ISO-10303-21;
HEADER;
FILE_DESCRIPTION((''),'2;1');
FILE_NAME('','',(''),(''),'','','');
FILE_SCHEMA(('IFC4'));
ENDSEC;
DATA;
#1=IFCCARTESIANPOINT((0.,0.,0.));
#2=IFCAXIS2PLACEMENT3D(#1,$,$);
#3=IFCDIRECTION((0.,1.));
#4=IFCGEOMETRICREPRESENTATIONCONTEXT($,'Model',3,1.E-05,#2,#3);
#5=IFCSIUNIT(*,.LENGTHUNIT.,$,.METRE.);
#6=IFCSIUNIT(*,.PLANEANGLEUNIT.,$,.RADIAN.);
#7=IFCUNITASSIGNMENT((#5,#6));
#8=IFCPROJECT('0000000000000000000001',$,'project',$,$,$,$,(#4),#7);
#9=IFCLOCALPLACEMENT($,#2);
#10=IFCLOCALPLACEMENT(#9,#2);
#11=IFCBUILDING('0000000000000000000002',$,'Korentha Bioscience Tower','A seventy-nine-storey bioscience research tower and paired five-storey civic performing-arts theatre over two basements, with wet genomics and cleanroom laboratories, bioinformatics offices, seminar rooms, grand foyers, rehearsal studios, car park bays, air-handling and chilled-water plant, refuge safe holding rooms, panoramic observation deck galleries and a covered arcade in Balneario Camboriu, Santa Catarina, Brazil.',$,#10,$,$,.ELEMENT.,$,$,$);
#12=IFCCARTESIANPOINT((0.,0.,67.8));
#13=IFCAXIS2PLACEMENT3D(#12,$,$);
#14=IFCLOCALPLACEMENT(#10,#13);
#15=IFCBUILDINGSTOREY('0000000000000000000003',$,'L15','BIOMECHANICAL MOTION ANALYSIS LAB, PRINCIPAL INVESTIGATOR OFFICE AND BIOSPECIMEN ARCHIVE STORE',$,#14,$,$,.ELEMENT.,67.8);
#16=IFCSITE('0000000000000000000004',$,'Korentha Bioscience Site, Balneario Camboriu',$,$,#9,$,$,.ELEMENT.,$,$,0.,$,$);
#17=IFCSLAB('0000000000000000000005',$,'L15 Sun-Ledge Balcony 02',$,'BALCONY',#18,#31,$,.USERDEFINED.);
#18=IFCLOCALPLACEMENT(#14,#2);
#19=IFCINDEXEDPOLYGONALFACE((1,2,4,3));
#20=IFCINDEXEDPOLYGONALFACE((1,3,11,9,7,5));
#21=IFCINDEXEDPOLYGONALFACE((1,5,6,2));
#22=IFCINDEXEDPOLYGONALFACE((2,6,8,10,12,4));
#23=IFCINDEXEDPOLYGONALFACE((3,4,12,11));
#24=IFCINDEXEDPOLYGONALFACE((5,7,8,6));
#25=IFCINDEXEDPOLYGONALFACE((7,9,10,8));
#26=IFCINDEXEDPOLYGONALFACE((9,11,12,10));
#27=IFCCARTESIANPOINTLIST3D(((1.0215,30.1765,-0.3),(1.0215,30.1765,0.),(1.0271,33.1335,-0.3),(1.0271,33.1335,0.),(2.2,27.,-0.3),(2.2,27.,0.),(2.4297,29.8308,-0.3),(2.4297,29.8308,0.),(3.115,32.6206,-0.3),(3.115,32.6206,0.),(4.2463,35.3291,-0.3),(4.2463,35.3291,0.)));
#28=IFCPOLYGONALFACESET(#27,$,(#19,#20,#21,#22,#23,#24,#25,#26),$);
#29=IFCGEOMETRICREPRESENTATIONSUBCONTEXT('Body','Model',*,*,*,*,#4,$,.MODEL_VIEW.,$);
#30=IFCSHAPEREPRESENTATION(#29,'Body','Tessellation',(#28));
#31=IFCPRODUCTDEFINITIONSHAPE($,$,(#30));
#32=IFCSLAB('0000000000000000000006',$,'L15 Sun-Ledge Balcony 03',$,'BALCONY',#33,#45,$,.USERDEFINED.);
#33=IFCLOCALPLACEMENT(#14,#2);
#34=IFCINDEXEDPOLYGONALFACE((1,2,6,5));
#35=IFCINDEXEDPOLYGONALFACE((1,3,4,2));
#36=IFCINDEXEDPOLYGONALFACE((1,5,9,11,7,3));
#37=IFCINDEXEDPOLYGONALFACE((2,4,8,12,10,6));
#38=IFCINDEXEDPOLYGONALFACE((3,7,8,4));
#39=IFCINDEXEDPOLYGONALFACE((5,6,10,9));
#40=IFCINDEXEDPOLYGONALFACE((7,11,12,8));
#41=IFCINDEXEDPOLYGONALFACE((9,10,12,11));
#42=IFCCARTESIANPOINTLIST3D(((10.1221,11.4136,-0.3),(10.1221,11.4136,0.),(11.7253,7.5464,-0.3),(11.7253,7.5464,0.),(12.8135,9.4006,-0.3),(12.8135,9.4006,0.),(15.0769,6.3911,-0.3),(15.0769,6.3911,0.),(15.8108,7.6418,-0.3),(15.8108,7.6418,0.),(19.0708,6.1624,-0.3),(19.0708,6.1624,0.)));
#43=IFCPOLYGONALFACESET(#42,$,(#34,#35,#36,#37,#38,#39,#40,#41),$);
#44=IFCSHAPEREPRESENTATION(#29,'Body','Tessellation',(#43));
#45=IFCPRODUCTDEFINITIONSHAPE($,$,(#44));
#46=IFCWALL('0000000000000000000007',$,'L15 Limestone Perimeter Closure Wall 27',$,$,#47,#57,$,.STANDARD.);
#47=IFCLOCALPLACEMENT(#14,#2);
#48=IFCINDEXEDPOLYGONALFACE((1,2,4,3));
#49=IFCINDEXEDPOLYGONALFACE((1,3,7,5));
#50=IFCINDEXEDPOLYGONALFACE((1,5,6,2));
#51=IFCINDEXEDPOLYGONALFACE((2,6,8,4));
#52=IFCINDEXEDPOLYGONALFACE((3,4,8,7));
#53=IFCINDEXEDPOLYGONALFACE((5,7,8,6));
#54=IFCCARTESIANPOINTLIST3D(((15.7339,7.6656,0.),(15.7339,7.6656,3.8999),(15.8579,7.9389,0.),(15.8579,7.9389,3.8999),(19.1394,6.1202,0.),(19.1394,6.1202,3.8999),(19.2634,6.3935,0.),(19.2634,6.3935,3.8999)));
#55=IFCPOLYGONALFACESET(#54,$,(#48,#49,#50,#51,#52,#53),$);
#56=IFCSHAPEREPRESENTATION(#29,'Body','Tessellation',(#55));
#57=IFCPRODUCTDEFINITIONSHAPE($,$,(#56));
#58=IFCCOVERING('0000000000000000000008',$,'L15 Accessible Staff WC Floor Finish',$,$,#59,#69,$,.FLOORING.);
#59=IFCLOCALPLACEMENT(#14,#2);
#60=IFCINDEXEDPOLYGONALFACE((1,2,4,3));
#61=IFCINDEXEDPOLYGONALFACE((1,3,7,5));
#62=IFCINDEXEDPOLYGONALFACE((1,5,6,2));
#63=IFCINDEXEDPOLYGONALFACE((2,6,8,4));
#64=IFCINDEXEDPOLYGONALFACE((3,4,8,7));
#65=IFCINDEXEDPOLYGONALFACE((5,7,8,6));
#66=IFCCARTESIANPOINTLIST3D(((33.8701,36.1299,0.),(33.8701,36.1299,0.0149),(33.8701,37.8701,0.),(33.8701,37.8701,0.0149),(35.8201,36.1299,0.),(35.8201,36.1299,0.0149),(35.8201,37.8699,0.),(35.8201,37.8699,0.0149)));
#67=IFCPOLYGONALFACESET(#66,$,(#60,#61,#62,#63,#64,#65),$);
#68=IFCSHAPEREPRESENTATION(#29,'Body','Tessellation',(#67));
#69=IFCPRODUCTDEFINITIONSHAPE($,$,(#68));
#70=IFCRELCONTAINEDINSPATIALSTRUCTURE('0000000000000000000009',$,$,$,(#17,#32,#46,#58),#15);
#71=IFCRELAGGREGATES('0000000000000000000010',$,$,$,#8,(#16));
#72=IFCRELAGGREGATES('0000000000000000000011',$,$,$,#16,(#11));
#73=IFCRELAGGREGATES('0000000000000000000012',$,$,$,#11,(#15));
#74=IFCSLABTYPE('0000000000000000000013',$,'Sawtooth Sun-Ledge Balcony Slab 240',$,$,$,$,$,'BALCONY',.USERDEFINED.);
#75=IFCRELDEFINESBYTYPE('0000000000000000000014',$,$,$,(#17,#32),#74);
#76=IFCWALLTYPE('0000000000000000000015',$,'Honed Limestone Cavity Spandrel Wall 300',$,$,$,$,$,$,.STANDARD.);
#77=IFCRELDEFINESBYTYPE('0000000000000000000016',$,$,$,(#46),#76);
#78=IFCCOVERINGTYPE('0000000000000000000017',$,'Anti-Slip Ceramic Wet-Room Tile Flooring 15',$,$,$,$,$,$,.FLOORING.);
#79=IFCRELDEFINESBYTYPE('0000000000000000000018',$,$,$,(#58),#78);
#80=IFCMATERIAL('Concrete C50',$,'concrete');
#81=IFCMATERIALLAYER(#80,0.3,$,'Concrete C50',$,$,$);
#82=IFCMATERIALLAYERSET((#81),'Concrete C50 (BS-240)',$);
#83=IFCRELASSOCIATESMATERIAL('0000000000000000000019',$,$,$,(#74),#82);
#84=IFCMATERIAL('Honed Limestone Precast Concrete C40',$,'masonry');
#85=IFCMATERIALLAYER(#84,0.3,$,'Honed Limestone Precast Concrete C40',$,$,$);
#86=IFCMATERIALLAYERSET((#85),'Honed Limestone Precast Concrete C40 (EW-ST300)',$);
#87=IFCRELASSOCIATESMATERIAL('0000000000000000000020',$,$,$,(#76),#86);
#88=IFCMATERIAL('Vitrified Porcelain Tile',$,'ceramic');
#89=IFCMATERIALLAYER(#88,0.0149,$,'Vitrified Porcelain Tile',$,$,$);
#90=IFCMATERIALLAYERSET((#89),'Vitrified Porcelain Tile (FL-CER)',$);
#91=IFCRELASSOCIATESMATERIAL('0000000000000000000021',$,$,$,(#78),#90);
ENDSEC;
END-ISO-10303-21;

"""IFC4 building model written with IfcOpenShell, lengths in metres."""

from ifc_helpers import new_model, si_unit, direction, frame, frame_2d, origin, place, context, subcontext, project, spatial, polyline, rectangle, outline, extrude, material, layer, layer_set, type_object, element, save


model = new_model("IFC4")

# Units and contexts
model_context = context("Model", 3, precision=1e-05, world=origin(), true_north=direction((0.0, 1.0)))
body_context = subcontext(model_context, "Body", "Model", "MODEL_VIEW")
ifc_project = project(units=[si_unit("LENGTHUNIT", "METRE"), si_unit("PLANEANGLEUNIT", "RADIAN")], contexts=[model_context])

# Site, building, storey
site_placement = place(None, origin())
site = spatial("IfcSite", under=ifc_project, at=site_placement, Name="Korentha Bioscience Site, Balneario Camboriu", CompositionType="ELEMENT", RefElevation=0.0)
building_placement = place(site_placement, origin())
building = spatial("IfcBuilding", under=site, at=building_placement, Name="Korentha Bioscience Tower", Description="A seventy-nine-storey bioscience research tower and paired five-storey civic performing-arts theatre over two basements, with wet genomics and cleanroom laboratories, bioinformatics offices, seminar rooms, grand foyers, rehearsal studios, car park bays, air-handling and chilled-water plant, refuge safe holding rooms, panoramic observation deck galleries and a covered arcade in Balneario Camboriu, Santa Catarina, Brazil.", CompositionType="ELEMENT")
storey_placement = place(building_placement, frame((0.0, 0.0, 67.8)))
storey = spatial("IfcBuildingStorey", under=building, at=storey_placement, Name="L15", Description="BIOMECHANICAL MOTION ANALYSIS LAB, PRINCIPAL INVESTIGATOR OFFICE AND BIOSPECIMEN ARCHIVE STORE", CompositionType="ELEMENT", Elevation=67.8)

# Shared definitions
ifc_material_1 = material(Name="Concrete C50", Category="concrete")

# Slabs
ifc_layer_1 = layer(ifc_material_1, 0.3, Name="Concrete C50")
ifc_layer_set_1 = layer_set([ifc_layer_1], Name="Concrete C50 (BS-240)")
slab_type_1 = type_object("IfcSlabType", Name="Sawtooth Sun-Ledge Balcony Slab 240", ElementType="BALCONY", PredefinedType="USERDEFINED", material=ifc_layer_set_1)
slab_1_placement = place(storey_placement, frame((0.0, 0.0, -0.3)))
element("IfcSlab", 1, at=slab_1_placement, inside=storey, type_object=slab_type_1, Name="L15 Sun-Ledge Balcony 02", ObjectType="BALCONY", PredefinedType="USERDEFINED", context=body_context, shape_type="SweptSolid", body=[
    extrude(outline(polyline([(2.2, 27.0), (2.4297, 29.8308), (3.115, 32.6206), (4.2463, 35.3291), (1.0271, 33.1335), (1.0215, 30.1765), (2.2, 27.0)])), origin(), (0.0, 0.0, 1.0), 0.3),
])
slab_2_placement = place(storey_placement, frame((0.0, 0.0, -0.3)))
element("IfcSlab", 2, at=slab_2_placement, inside=storey, type_object=slab_type_1, Name="L15 Sun-Ledge Balcony 03", ObjectType="BALCONY", PredefinedType="USERDEFINED", context=body_context, shape_type="SweptSolid", body=[
    extrude(outline(polyline([(19.0708, 6.1624), (15.8108, 7.6418), (12.8135, 9.4006), (10.1221, 11.4136), (11.7253, 7.5464), (15.0769, 6.3911), (19.0708, 6.1624)])), origin(), (0.0, 0.0, 1.0), 0.3),
])

# Shared definitions
ifc_material_2 = material(Name="Honed Limestone Precast Concrete C40", Category="masonry")
ifc_layer_2 = layer(ifc_material_2, 0.3, Name="Honed Limestone Precast Concrete C40")
ifc_layer_set_2 = layer_set([ifc_layer_2], Name="Honed Limestone Precast Concrete C40 (EW-ST300)")
wall_type = type_object("IfcWallType", Name="Honed Limestone Cavity Spandrel Wall 300", PredefinedType="STANDARD", material=ifc_layer_set_2)

# Wall
wall_1_placement = place(storey_placement, frame((15.7959, 7.8022, 0.0), z_axis=(0.0, 0.0, 1.0), x_axis=(0.910623, -0.413237, 0.0)))
element("IfcWall", 3, at=wall_1_placement, inside=storey, type_object=wall_type, Name="L15 Limestone Perimeter Closure Wall 27", PredefinedType="STANDARD", context=body_context, shape_type="SweptSolid", body=[
    extrude(rectangle(XDim=3.7397, YDim=0.3, at=frame_2d((1.8699, 0.0))), origin(), (0.0, 0.0, 1.0), 3.8999),
])

# Covering
ifc_material_3 = material(Name="Vitrified Porcelain Tile", Category="ceramic")
ifc_layer_3 = layer(ifc_material_3, 0.0149, Name="Vitrified Porcelain Tile")
ifc_layer_set_3 = layer_set([ifc_layer_3], Name="Vitrified Porcelain Tile (FL-CER)")
covering_type_1 = type_object("IfcCoveringType", Name="Anti-Slip Ceramic Wet-Room Tile Flooring 15", PredefinedType="FLOORING", material=ifc_layer_set_3)
covering_1_placement = place(storey_placement, origin())
element("IfcCovering", 4, at=covering_1_placement, inside=storey, type_object=covering_type_1, Name="L15 Accessible Staff WC Floor Finish", PredefinedType="FLOORING", context=body_context, shape_type="SweptSolid", body=[
    extrude(outline(polyline([(33.8701, 37.8701), (35.8201, 37.8699), (35.8201, 36.1299), (33.8701, 36.1299), (33.8701, 37.8701)])), origin(), (0.0, 0.0, 1.0), 0.0149),
])

save(model, "model.ifc")
